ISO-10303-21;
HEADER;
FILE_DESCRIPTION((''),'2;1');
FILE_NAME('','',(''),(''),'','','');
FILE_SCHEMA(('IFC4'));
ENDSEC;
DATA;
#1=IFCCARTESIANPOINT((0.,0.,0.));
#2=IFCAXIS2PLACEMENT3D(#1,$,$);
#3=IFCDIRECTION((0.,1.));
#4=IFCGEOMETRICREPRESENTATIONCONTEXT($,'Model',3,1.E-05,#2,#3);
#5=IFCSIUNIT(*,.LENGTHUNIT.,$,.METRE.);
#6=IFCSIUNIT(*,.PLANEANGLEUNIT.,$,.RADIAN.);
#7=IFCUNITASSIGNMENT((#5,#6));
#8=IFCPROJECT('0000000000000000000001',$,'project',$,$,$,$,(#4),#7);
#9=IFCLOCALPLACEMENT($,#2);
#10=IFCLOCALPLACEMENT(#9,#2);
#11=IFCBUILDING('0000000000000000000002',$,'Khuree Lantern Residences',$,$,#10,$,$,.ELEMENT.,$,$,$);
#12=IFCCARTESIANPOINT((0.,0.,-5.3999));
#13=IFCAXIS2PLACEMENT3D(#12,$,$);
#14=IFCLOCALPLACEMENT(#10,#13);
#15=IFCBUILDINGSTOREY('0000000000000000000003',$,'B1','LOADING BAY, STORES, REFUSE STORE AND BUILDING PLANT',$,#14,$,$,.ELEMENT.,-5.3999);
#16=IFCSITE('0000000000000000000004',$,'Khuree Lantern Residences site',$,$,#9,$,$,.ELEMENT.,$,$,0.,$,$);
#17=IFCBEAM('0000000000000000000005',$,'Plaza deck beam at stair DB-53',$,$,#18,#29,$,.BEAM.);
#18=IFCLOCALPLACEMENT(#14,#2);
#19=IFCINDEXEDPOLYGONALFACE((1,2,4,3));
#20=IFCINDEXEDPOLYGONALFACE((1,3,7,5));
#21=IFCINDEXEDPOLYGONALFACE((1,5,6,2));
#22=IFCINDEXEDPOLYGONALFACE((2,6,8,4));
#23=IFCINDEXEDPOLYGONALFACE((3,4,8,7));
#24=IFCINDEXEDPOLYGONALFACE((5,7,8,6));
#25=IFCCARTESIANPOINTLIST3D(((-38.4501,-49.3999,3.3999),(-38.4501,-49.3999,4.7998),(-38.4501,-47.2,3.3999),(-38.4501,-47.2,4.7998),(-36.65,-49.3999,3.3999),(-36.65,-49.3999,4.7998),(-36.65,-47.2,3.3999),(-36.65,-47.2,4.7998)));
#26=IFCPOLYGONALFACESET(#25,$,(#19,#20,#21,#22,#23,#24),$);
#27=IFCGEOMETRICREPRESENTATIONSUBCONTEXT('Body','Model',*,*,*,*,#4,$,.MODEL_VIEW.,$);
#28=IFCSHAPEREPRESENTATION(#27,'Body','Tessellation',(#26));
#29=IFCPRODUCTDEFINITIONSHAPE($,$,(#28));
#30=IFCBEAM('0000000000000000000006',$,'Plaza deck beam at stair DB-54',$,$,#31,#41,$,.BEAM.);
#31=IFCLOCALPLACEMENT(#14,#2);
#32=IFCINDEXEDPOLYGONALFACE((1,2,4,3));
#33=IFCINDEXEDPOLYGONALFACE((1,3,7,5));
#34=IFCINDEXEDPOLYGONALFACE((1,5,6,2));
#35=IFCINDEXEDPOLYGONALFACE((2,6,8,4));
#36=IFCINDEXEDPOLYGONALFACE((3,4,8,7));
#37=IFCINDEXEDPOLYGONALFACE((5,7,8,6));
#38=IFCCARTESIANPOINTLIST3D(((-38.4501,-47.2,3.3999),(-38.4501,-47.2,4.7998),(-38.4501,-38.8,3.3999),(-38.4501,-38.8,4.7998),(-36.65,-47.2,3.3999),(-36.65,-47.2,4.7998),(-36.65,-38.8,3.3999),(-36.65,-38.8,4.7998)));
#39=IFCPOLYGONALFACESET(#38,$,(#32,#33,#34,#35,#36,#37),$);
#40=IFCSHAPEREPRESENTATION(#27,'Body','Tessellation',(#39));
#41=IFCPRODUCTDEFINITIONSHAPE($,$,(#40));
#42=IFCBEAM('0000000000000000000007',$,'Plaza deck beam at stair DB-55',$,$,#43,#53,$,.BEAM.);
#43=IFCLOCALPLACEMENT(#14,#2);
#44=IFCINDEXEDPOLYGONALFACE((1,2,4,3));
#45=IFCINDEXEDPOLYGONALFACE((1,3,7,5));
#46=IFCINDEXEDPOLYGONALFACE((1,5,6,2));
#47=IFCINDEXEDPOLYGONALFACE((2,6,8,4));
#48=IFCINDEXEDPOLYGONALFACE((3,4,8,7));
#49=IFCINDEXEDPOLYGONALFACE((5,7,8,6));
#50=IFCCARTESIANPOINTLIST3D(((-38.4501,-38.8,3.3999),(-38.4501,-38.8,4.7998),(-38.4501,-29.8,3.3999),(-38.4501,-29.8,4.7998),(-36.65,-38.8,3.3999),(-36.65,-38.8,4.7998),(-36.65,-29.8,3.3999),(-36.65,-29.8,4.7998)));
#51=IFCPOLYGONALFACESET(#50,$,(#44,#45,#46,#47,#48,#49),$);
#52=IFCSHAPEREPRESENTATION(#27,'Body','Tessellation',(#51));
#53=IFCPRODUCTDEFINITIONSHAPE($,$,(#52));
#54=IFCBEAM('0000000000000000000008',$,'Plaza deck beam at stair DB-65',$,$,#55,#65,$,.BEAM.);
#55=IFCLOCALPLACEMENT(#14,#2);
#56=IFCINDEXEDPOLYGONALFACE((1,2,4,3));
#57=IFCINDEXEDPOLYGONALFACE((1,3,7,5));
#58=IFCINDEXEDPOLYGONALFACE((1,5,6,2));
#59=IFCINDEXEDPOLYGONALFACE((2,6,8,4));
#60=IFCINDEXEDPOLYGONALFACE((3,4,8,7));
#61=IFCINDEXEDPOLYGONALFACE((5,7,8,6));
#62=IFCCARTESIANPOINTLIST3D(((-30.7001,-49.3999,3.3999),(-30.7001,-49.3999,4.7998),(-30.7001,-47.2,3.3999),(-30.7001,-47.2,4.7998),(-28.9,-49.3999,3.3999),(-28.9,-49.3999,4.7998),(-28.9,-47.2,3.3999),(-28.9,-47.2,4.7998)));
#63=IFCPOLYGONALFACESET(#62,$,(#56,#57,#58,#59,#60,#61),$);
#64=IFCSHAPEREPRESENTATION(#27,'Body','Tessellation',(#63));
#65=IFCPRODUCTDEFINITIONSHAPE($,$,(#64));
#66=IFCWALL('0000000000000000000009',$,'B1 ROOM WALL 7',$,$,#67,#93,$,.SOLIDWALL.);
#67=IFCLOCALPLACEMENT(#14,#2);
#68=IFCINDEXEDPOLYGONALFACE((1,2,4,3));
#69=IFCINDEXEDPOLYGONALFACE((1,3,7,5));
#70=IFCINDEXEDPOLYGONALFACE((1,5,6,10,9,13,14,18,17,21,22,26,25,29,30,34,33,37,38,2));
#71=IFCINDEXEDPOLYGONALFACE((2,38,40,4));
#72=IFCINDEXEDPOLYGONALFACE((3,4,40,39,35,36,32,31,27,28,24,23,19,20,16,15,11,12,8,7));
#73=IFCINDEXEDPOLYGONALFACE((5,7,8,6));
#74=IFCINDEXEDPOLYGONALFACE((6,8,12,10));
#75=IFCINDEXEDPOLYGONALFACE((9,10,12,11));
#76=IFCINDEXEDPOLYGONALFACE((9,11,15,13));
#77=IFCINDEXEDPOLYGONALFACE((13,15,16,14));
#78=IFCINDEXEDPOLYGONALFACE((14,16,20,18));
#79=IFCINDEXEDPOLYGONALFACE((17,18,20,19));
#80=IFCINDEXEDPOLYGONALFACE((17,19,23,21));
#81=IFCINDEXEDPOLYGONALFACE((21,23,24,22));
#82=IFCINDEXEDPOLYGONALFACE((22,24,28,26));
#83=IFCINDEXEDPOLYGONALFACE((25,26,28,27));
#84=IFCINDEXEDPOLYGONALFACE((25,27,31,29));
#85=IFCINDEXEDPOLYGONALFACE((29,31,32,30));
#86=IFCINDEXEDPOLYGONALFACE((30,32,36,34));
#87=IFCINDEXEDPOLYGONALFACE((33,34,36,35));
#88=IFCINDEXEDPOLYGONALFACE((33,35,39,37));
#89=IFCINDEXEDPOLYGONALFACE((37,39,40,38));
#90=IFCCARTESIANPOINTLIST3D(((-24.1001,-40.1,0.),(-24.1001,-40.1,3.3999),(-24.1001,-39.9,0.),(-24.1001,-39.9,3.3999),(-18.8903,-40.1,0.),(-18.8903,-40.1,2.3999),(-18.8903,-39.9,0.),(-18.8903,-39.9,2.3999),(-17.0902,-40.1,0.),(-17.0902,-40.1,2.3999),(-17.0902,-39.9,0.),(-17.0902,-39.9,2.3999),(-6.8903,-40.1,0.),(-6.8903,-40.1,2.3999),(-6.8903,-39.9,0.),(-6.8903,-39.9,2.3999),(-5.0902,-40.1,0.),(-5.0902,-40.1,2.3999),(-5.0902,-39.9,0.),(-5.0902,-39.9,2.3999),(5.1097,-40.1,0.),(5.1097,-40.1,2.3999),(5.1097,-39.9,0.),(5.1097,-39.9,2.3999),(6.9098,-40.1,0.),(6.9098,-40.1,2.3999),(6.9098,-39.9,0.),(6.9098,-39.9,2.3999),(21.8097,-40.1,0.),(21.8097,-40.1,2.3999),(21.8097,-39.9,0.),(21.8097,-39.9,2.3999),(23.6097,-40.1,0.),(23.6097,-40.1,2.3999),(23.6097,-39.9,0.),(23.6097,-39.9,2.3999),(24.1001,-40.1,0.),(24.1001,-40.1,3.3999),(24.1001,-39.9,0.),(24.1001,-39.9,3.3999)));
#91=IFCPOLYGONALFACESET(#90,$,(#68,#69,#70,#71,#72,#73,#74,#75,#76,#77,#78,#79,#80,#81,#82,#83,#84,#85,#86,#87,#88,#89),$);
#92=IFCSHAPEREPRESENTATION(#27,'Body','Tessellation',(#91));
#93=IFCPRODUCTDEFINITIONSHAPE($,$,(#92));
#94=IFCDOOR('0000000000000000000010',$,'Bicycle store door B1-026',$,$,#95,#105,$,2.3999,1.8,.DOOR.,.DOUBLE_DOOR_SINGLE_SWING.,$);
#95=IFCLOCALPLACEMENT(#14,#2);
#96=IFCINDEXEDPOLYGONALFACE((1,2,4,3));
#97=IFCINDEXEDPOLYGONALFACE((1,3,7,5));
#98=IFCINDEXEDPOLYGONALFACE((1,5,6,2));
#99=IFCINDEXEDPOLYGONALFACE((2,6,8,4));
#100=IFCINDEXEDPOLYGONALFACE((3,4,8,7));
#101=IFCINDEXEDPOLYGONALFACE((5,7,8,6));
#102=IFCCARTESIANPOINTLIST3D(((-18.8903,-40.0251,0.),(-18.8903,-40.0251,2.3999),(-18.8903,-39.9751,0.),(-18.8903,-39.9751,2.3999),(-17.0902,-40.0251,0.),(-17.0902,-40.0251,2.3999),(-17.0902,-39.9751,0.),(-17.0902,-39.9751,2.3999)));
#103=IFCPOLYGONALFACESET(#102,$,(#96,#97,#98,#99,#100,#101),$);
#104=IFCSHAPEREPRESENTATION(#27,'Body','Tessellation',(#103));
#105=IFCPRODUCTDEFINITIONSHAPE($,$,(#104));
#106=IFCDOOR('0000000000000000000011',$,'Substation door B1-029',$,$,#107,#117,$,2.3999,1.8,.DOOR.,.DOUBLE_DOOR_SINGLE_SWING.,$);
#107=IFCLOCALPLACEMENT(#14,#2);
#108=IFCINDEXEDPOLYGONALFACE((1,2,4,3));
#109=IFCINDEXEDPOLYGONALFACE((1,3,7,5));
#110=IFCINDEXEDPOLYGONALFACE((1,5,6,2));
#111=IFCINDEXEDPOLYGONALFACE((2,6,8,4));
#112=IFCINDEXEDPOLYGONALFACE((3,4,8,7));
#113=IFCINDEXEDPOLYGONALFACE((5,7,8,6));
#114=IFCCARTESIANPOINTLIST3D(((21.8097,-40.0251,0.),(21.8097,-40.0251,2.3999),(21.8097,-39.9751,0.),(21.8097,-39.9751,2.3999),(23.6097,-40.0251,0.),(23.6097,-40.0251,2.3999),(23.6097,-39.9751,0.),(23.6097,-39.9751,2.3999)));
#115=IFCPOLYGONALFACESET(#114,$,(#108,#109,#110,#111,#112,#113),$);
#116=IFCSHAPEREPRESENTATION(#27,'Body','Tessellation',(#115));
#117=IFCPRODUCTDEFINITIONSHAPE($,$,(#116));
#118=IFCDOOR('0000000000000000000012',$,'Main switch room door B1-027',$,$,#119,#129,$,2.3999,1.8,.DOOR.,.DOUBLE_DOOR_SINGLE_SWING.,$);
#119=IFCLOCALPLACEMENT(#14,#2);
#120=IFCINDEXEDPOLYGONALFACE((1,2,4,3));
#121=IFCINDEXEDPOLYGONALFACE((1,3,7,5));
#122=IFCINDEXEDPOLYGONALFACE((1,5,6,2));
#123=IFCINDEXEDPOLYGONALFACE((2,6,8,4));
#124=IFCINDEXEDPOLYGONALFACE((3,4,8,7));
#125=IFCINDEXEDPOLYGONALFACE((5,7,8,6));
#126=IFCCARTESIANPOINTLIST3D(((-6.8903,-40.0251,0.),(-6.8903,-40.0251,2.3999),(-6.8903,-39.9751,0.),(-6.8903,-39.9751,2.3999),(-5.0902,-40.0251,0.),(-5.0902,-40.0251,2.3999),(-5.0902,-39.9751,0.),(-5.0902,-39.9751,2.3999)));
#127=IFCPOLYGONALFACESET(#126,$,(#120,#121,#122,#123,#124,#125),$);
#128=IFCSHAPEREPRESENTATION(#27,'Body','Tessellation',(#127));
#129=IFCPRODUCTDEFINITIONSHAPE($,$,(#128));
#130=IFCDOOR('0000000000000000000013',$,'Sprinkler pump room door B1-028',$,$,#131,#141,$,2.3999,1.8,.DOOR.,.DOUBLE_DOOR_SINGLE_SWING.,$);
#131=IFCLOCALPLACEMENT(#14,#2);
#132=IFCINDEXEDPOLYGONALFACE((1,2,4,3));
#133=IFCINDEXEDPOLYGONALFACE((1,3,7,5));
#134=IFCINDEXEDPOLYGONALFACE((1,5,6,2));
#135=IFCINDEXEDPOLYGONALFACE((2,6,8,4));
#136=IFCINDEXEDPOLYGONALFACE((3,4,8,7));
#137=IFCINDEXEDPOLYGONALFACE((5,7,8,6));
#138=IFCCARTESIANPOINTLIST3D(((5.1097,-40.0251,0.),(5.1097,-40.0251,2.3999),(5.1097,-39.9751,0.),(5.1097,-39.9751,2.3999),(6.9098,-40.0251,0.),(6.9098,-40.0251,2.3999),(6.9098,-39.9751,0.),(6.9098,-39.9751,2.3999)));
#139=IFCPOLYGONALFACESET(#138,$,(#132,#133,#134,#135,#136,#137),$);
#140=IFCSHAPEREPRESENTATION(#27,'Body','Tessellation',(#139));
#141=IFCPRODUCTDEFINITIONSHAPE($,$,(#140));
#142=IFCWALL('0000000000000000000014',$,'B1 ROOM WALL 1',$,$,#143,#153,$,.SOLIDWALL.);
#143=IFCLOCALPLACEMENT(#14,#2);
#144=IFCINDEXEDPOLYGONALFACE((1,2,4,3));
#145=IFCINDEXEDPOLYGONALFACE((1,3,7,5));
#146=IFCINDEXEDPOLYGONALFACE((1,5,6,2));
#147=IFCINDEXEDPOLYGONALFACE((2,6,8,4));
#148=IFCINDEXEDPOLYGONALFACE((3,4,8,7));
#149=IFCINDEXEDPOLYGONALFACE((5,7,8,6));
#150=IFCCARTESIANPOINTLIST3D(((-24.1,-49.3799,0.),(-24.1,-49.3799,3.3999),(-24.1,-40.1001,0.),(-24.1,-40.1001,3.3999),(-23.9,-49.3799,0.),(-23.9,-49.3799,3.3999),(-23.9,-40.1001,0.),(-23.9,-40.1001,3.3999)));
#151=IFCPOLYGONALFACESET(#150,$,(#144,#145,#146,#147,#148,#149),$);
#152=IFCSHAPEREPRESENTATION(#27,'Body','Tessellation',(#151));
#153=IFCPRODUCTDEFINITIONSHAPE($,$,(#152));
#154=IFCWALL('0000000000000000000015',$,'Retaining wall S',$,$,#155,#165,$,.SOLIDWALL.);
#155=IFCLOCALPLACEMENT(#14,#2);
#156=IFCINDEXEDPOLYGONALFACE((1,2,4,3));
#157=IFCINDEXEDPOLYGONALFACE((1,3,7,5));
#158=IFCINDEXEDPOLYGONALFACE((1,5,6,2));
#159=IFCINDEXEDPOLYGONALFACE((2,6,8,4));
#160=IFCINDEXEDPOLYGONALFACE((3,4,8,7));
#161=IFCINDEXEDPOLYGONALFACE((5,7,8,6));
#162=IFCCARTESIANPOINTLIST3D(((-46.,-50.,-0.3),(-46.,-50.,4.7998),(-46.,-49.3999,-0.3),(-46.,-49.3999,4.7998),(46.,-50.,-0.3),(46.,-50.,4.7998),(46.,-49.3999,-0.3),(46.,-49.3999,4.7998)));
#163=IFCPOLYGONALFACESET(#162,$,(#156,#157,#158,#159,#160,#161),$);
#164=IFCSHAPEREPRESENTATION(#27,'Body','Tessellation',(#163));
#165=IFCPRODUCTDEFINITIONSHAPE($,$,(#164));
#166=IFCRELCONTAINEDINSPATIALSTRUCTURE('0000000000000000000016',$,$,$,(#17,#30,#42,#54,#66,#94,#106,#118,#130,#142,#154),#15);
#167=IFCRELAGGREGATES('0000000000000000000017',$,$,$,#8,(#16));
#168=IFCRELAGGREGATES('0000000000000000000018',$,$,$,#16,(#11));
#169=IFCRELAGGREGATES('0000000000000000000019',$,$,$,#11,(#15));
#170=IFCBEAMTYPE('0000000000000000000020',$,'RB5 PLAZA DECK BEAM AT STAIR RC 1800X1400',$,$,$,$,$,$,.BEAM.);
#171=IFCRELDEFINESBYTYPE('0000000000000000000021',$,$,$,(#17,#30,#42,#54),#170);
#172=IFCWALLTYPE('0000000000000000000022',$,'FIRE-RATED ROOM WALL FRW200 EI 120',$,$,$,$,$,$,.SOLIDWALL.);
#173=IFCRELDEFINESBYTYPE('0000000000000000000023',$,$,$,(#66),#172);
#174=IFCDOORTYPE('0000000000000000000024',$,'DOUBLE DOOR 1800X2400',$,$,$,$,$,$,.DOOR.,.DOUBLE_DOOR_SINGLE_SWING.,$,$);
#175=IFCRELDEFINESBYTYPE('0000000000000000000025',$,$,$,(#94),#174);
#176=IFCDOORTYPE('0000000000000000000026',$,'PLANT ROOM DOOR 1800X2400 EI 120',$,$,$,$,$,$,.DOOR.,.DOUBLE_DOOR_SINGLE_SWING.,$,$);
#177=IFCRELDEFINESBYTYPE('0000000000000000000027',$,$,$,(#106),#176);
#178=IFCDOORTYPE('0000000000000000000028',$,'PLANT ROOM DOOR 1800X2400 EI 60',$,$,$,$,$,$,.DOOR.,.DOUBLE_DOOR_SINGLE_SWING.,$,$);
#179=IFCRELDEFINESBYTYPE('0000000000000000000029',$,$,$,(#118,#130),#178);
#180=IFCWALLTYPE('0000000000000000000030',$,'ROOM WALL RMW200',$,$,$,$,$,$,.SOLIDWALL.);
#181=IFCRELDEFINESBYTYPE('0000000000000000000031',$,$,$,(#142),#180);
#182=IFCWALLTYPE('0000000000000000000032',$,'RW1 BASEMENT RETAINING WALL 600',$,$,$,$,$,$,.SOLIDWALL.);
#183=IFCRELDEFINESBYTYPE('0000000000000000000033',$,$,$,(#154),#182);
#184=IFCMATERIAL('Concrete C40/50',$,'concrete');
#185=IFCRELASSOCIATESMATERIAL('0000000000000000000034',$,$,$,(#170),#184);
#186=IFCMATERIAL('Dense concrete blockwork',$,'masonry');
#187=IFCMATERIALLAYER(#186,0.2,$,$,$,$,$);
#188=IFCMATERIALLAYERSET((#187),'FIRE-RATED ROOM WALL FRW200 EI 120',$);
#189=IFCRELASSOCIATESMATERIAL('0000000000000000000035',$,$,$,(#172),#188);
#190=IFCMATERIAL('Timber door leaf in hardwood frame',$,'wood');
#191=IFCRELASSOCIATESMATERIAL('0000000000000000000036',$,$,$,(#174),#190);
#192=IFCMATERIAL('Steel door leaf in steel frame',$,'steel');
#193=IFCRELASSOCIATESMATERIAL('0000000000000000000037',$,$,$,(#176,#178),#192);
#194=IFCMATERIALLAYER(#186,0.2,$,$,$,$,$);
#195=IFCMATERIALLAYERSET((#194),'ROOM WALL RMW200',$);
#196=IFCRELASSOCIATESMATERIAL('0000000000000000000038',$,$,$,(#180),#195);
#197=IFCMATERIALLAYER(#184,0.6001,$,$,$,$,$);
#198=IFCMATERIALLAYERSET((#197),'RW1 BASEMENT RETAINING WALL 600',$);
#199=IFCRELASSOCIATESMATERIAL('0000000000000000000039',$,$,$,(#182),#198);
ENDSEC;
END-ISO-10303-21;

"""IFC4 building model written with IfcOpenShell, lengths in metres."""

from ifc_helpers import new_model, si_unit, direction, frame, frame_2d, origin, origin_2d, place, context, subcontext, project, spatial, rectangle, extrude, material, layer, layer_set, material_profile, profile_set, type_object, element, fill, save


model = new_model("IFC4")

# Units and contexts
model_context = context("Model", 3, precision=1e-05, world=origin(), true_north=direction((0.0, 1.0)))
body_context = subcontext(model_context, "Body", "Model", "MODEL_VIEW")
ifc_project = project(units=[si_unit("LENGTHUNIT", "METRE"), si_unit("PLANEANGLEUNIT", "RADIAN")], contexts=[model_context])

# Site, building, storey
site_placement = place(None, origin())
site = spatial("IfcSite", under=ifc_project, at=site_placement, Name="Khuree Lantern Residences site", CompositionType="ELEMENT", RefElevation=0.0)
building_placement = place(site_placement, origin())
building = spatial("IfcBuilding", under=site, at=building_placement, Name="Khuree Lantern Residences", CompositionType="ELEMENT")
storey_placement = place(building_placement, frame((0.0, 0.0, -5.3999)))
storey = spatial("IfcBuildingStorey", under=building, at=storey_placement, Name="B1", Description="LOADING BAY, STORES, REFUSE STORE AND BUILDING PLANT", CompositionType="ELEMENT", Elevation=-5.3999)

# Beams
ifc_material_1 = material(Name="Concrete C40/50", Category="concrete")
ifc_material_profile_1 = material_profile(ifc_material_1, rectangle(XDim=1.8, YDim=1.3999, at=origin_2d()), Name="RC 1800X1400")
ifc_profile_set_1 = profile_set([ifc_material_profile_1], Name="Concrete C40/50")
beam_type_1 = type_object("IfcBeamType", Name="RB5 PLAZA DECK BEAM AT STAIR RC 1800X1400", PredefinedType="BEAM", material=ifc_profile_set_1)
beam_1_placement = place(storey_placement, frame((-37.55, -49.3999, 4.0999), z_axis=(0.0, 1.0, 0.0), x_axis=(-1.0, 0.0, 0.0)))
element("IfcBeam", 1, at=beam_1_placement, inside=storey, type_object=beam_type_1, Name="Plaza deck beam at stair DB-53", PredefinedType="BEAM", context=body_context, shape_type="SweptSolid", body=[
    extrude(rectangle(XDim=1.8, YDim=1.3999, at=origin_2d()), origin(), (0.0, 0.0, 1.0), 2.2),
])
beam_2_placement = place(storey_placement, frame((-37.55, -47.2, 4.0999), z_axis=(0.0, 1.0, 0.0), x_axis=(-1.0, 0.0, 0.0)))
element("IfcBeam", 2, at=beam_2_placement, inside=storey, type_object=beam_type_1, Name="Plaza deck beam at stair DB-54", PredefinedType="BEAM", context=body_context, shape_type="SweptSolid", body=[
    extrude(rectangle(XDim=1.8, YDim=1.3999, at=origin_2d()), origin(), (0.0, 0.0, 1.0), 8.3999),
])
beam_3_placement = place(storey_placement, frame((-37.55, -38.8, 4.0999), z_axis=(0.0, 1.0, 0.0), x_axis=(-1.0, 0.0, 0.0)))
element("IfcBeam", 3, at=beam_3_placement, inside=storey, type_object=beam_type_1, Name="Plaza deck beam at stair DB-55", PredefinedType="BEAM", context=body_context, shape_type="SweptSolid", body=[
    extrude(rectangle(XDim=1.8, YDim=1.3999, at=origin_2d()), origin(), (0.0, 0.0, 1.0), 9.0),
])
beam_4_placement = place(storey_placement, frame((-29.8, -49.3999, 4.0999), z_axis=(0.0, 1.0, 0.0), x_axis=(-1.0, 0.0, 0.0)))
element("IfcBeam", 4, at=beam_4_placement, inside=storey, type_object=beam_type_1, Name="Plaza deck beam at stair DB-65", PredefinedType="BEAM", context=body_context, shape_type="SweptSolid", body=[
    extrude(rectangle(XDim=1.8, YDim=1.3999, at=origin_2d()), origin(), (0.0, 0.0, 1.0), 2.2),
])

# Wall, openings, doors
ifc_material_2 = material(Name="Dense concrete blockwork", Category="masonry")
ifc_layer_1 = layer(ifc_material_2, 0.2)
ifc_layer_set_1 = layer_set([ifc_layer_1], Name="FIRE-RATED ROOM WALL FRW200 EI 120")
wall_type_1 = type_object("IfcWallType", Name="FIRE-RATED ROOM WALL FRW200 EI 120", PredefinedType="SOLIDWALL", material=ifc_layer_set_1)
wall_1_placement = place(storey_placement, frame((-24.1001, -40.0, 0.0), z_axis=(0.0, 0.0, 1.0), x_axis=(1.0, 0.0, 0.0)))
wall_1 = element("IfcWall", 5, at=wall_1_placement, inside=storey, type_object=wall_type_1, Name="B1 ROOM WALL 7", PredefinedType="SOLIDWALL", context=body_context, shape_type="SweptSolid", body=[
    extrude(rectangle(XDim=48.2002, YDim=0.2, at=frame_2d((24.1001, 0.0))), origin(), (0.0, 0.0, 1.0), 3.3999),
])
opening_1_placement = place(wall_1_placement, frame((5.21, 0.0, 0.0)))
opening_1 = element("IfcOpeningElement", 6, at=opening_1_placement, cuts=wall_1, PredefinedType="OPENING", context=body_context, shape_type="SweptSolid", body=[
    extrude(rectangle(XDim=1.8, YDim=2.3999, at=frame_2d((0.8999, 1.2))), frame((0.0, 0.1099, 0.0), z_axis=(0.0, -1.0, 0.0), x_axis=(1.0, 0.0, 0.0)), (0.0, 0.0, 1.0), 0.22),
])
opening_2_placement = place(wall_1_placement, frame((17.21, 0.0, 0.0)))
opening_2 = element("IfcOpeningElement", 7, at=opening_2_placement, cuts=wall_1, PredefinedType="OPENING", context=body_context, shape_type="SweptSolid", body=[
    extrude(rectangle(XDim=1.8, YDim=2.3999, at=frame_2d((0.8999, 1.2))), frame((0.0, 0.1099, 0.0), z_axis=(0.0, -1.0, 0.0), x_axis=(1.0, 0.0, 0.0)), (0.0, 0.0, 1.0), 0.22),
])
opening_3_placement = place(wall_1_placement, frame((29.21, 0.0, 0.0)))
opening_3 = element("IfcOpeningElement", 8, at=opening_3_placement, cuts=wall_1, PredefinedType="OPENING", context=body_context, shape_type="SweptSolid", body=[
    extrude(rectangle(XDim=1.8, YDim=2.3999, at=frame_2d((0.8999, 1.2))), frame((0.0, 0.1099, 0.0), z_axis=(0.0, -1.0, 0.0), x_axis=(1.0, 0.0, 0.0)), (0.0, 0.0, 1.0), 0.22),
])
opening_4_placement = place(wall_1_placement, frame((45.9099, 0.0, 0.0)))
opening_4 = element("IfcOpeningElement", 9, at=opening_4_placement, cuts=wall_1, PredefinedType="OPENING", context=body_context, shape_type="SweptSolid", body=[
    extrude(rectangle(XDim=1.8, YDim=2.3999, at=frame_2d((0.8999, 1.2))), frame((0.0, 0.1099, 0.0), z_axis=(0.0, -1.0, 0.0), x_axis=(1.0, 0.0, 0.0)), (0.0, 0.0, 1.0), 0.22),
])
ifc_material_3 = material(Name="Timber door leaf in hardwood frame", Category="wood")
door_type_1 = type_object("IfcDoorType", Name="DOUBLE DOOR 1800X2400", OperationType="DOUBLE_DOOR_SINGLE_SWING", PredefinedType="DOOR", material=ifc_material_3)
door_1_placement = place(opening_1_placement, origin())
door_1 = element("IfcDoor", 10, at=door_1_placement, inside=storey, type_object=door_type_1, Name="Bicycle store door B1-026", OperationType="DOUBLE_DOOR_SINGLE_SWING", OverallHeight=2.3999, OverallWidth=1.8, PredefinedType="DOOR", context=body_context, shape_type="SweptSolid", body=[
    extrude(rectangle(XDim=1.8, YDim=2.3999, at=frame_2d((0.8999, 1.2))), frame((0.0, 0.0249, 0.0), z_axis=(0.0, -1.0, 0.0), x_axis=(1.0, 0.0, 0.0)), (0.0, 0.0, 1.0), 0.05),
])
fill(opening_1, door_1)
ifc_material_4 = material(Name="Steel door leaf in steel frame", Category="steel")
door_type_2 = type_object("IfcDoorType", Name="PLANT ROOM DOOR 1800X2400 EI 120", OperationType="DOUBLE_DOOR_SINGLE_SWING", PredefinedType="DOOR", material=ifc_material_4)
door_2_placement = place(opening_4_placement, origin())
door_2 = element("IfcDoor", 11, at=door_2_placement, inside=storey, type_object=door_type_2, Name="Substation door B1-029", OperationType="DOUBLE_DOOR_SINGLE_SWING", OverallHeight=2.3999, OverallWidth=1.8, PredefinedType="DOOR", context=body_context, shape_type="SweptSolid", body=[
    extrude(rectangle(XDim=1.8, YDim=2.3999, at=frame_2d((0.8999, 1.2))), frame((0.0, 0.0249, 0.0), z_axis=(0.0, -1.0, 0.0), x_axis=(1.0, 0.0, 0.0)), (0.0, 0.0, 1.0), 0.05),
])
fill(opening_4, door_2)
door_type_3 = type_object("IfcDoorType", Name="PLANT ROOM DOOR 1800X2400 EI 60", OperationType="DOUBLE_DOOR_SINGLE_SWING", PredefinedType="DOOR", material=ifc_material_4)
door_3_placement = place(opening_2_placement, origin())
door_3 = element("IfcDoor", 12, at=door_3_placement, inside=storey, type_object=door_type_3, Name="Main switch room door B1-027", OperationType="DOUBLE_DOOR_SINGLE_SWING", OverallHeight=2.3999, OverallWidth=1.8, PredefinedType="DOOR", context=body_context, shape_type="SweptSolid", body=[
    extrude(rectangle(XDim=1.8, YDim=2.3999, at=frame_2d((0.8999, 1.2))), frame((0.0, 0.0249, 0.0), z_axis=(0.0, -1.0, 0.0), x_axis=(1.0, 0.0, 0.0)), (0.0, 0.0, 1.0), 0.05),
])
fill(opening_2, door_3)
door_4_placement = place(opening_3_placement, origin())
door_4 = element("IfcDoor", 13, at=door_4_placement, inside=storey, type_object=door_type_3, Name="Sprinkler pump room door B1-028", OperationType="DOUBLE_DOOR_SINGLE_SWING", OverallHeight=2.3999, OverallWidth=1.8, PredefinedType="DOOR", context=body_context, shape_type="SweptSolid", body=[
    extrude(rectangle(XDim=1.8, YDim=2.3999, at=frame_2d((0.8999, 1.2))), frame((0.0, 0.0249, 0.0), z_axis=(0.0, -1.0, 0.0), x_axis=(1.0, 0.0, 0.0)), (0.0, 0.0, 1.0), 0.05),
])
fill(opening_3, door_4)

# Walls
ifc_layer_2 = layer(ifc_material_2, 0.2)
ifc_layer_set_2 = layer_set([ifc_layer_2], Name="ROOM WALL RMW200")
wall_type_2 = type_object("IfcWallType", Name="ROOM WALL RMW200", PredefinedType="SOLIDWALL", material=ifc_layer_set_2)
wall_2_placement = place(storey_placement, frame((-24.0, -49.3799, 0.0), z_axis=(0.0, 0.0, 1.0), x_axis=(0.0, 1.0, 0.0)))
element("IfcWall", 14, at=wall_2_placement, inside=storey, type_object=wall_type_2, Name="B1 ROOM WALL 1", PredefinedType="SOLIDWALL", context=body_context, shape_type="SweptSolid", body=[
    extrude(rectangle(XDim=9.2798, YDim=0.2, at=frame_2d((4.6399, 0.0))), origin(), (0.0, 0.0, 1.0), 3.3999),
])
ifc_layer_3 = layer(ifc_material_1, 0.6001)
ifc_layer_set_3 = layer_set([ifc_layer_3], Name="RW1 BASEMENT RETAINING WALL 600")
wall_type_3 = type_object("IfcWallType", Name="RW1 BASEMENT RETAINING WALL 600", PredefinedType="SOLIDWALL", material=ifc_layer_set_3)
wall_3_placement = place(storey_placement, frame((-46.0, -49.7, -0.3), z_axis=(0.0, 0.0, 1.0), x_axis=(1.0, 0.0, 0.0)))
element("IfcWall", 15, at=wall_3_placement, inside=storey, type_object=wall_type_3, Name="Retaining wall S", PredefinedType="SOLIDWALL", context=body_context, shape_type="SweptSolid", body=[
    extrude(rectangle(XDim=92.0, YDim=0.6001, at=frame_2d((46.0, 0.0))), origin(), (0.0, 0.0, 1.0), 5.0999),
])

save(model, "model.ifc")
